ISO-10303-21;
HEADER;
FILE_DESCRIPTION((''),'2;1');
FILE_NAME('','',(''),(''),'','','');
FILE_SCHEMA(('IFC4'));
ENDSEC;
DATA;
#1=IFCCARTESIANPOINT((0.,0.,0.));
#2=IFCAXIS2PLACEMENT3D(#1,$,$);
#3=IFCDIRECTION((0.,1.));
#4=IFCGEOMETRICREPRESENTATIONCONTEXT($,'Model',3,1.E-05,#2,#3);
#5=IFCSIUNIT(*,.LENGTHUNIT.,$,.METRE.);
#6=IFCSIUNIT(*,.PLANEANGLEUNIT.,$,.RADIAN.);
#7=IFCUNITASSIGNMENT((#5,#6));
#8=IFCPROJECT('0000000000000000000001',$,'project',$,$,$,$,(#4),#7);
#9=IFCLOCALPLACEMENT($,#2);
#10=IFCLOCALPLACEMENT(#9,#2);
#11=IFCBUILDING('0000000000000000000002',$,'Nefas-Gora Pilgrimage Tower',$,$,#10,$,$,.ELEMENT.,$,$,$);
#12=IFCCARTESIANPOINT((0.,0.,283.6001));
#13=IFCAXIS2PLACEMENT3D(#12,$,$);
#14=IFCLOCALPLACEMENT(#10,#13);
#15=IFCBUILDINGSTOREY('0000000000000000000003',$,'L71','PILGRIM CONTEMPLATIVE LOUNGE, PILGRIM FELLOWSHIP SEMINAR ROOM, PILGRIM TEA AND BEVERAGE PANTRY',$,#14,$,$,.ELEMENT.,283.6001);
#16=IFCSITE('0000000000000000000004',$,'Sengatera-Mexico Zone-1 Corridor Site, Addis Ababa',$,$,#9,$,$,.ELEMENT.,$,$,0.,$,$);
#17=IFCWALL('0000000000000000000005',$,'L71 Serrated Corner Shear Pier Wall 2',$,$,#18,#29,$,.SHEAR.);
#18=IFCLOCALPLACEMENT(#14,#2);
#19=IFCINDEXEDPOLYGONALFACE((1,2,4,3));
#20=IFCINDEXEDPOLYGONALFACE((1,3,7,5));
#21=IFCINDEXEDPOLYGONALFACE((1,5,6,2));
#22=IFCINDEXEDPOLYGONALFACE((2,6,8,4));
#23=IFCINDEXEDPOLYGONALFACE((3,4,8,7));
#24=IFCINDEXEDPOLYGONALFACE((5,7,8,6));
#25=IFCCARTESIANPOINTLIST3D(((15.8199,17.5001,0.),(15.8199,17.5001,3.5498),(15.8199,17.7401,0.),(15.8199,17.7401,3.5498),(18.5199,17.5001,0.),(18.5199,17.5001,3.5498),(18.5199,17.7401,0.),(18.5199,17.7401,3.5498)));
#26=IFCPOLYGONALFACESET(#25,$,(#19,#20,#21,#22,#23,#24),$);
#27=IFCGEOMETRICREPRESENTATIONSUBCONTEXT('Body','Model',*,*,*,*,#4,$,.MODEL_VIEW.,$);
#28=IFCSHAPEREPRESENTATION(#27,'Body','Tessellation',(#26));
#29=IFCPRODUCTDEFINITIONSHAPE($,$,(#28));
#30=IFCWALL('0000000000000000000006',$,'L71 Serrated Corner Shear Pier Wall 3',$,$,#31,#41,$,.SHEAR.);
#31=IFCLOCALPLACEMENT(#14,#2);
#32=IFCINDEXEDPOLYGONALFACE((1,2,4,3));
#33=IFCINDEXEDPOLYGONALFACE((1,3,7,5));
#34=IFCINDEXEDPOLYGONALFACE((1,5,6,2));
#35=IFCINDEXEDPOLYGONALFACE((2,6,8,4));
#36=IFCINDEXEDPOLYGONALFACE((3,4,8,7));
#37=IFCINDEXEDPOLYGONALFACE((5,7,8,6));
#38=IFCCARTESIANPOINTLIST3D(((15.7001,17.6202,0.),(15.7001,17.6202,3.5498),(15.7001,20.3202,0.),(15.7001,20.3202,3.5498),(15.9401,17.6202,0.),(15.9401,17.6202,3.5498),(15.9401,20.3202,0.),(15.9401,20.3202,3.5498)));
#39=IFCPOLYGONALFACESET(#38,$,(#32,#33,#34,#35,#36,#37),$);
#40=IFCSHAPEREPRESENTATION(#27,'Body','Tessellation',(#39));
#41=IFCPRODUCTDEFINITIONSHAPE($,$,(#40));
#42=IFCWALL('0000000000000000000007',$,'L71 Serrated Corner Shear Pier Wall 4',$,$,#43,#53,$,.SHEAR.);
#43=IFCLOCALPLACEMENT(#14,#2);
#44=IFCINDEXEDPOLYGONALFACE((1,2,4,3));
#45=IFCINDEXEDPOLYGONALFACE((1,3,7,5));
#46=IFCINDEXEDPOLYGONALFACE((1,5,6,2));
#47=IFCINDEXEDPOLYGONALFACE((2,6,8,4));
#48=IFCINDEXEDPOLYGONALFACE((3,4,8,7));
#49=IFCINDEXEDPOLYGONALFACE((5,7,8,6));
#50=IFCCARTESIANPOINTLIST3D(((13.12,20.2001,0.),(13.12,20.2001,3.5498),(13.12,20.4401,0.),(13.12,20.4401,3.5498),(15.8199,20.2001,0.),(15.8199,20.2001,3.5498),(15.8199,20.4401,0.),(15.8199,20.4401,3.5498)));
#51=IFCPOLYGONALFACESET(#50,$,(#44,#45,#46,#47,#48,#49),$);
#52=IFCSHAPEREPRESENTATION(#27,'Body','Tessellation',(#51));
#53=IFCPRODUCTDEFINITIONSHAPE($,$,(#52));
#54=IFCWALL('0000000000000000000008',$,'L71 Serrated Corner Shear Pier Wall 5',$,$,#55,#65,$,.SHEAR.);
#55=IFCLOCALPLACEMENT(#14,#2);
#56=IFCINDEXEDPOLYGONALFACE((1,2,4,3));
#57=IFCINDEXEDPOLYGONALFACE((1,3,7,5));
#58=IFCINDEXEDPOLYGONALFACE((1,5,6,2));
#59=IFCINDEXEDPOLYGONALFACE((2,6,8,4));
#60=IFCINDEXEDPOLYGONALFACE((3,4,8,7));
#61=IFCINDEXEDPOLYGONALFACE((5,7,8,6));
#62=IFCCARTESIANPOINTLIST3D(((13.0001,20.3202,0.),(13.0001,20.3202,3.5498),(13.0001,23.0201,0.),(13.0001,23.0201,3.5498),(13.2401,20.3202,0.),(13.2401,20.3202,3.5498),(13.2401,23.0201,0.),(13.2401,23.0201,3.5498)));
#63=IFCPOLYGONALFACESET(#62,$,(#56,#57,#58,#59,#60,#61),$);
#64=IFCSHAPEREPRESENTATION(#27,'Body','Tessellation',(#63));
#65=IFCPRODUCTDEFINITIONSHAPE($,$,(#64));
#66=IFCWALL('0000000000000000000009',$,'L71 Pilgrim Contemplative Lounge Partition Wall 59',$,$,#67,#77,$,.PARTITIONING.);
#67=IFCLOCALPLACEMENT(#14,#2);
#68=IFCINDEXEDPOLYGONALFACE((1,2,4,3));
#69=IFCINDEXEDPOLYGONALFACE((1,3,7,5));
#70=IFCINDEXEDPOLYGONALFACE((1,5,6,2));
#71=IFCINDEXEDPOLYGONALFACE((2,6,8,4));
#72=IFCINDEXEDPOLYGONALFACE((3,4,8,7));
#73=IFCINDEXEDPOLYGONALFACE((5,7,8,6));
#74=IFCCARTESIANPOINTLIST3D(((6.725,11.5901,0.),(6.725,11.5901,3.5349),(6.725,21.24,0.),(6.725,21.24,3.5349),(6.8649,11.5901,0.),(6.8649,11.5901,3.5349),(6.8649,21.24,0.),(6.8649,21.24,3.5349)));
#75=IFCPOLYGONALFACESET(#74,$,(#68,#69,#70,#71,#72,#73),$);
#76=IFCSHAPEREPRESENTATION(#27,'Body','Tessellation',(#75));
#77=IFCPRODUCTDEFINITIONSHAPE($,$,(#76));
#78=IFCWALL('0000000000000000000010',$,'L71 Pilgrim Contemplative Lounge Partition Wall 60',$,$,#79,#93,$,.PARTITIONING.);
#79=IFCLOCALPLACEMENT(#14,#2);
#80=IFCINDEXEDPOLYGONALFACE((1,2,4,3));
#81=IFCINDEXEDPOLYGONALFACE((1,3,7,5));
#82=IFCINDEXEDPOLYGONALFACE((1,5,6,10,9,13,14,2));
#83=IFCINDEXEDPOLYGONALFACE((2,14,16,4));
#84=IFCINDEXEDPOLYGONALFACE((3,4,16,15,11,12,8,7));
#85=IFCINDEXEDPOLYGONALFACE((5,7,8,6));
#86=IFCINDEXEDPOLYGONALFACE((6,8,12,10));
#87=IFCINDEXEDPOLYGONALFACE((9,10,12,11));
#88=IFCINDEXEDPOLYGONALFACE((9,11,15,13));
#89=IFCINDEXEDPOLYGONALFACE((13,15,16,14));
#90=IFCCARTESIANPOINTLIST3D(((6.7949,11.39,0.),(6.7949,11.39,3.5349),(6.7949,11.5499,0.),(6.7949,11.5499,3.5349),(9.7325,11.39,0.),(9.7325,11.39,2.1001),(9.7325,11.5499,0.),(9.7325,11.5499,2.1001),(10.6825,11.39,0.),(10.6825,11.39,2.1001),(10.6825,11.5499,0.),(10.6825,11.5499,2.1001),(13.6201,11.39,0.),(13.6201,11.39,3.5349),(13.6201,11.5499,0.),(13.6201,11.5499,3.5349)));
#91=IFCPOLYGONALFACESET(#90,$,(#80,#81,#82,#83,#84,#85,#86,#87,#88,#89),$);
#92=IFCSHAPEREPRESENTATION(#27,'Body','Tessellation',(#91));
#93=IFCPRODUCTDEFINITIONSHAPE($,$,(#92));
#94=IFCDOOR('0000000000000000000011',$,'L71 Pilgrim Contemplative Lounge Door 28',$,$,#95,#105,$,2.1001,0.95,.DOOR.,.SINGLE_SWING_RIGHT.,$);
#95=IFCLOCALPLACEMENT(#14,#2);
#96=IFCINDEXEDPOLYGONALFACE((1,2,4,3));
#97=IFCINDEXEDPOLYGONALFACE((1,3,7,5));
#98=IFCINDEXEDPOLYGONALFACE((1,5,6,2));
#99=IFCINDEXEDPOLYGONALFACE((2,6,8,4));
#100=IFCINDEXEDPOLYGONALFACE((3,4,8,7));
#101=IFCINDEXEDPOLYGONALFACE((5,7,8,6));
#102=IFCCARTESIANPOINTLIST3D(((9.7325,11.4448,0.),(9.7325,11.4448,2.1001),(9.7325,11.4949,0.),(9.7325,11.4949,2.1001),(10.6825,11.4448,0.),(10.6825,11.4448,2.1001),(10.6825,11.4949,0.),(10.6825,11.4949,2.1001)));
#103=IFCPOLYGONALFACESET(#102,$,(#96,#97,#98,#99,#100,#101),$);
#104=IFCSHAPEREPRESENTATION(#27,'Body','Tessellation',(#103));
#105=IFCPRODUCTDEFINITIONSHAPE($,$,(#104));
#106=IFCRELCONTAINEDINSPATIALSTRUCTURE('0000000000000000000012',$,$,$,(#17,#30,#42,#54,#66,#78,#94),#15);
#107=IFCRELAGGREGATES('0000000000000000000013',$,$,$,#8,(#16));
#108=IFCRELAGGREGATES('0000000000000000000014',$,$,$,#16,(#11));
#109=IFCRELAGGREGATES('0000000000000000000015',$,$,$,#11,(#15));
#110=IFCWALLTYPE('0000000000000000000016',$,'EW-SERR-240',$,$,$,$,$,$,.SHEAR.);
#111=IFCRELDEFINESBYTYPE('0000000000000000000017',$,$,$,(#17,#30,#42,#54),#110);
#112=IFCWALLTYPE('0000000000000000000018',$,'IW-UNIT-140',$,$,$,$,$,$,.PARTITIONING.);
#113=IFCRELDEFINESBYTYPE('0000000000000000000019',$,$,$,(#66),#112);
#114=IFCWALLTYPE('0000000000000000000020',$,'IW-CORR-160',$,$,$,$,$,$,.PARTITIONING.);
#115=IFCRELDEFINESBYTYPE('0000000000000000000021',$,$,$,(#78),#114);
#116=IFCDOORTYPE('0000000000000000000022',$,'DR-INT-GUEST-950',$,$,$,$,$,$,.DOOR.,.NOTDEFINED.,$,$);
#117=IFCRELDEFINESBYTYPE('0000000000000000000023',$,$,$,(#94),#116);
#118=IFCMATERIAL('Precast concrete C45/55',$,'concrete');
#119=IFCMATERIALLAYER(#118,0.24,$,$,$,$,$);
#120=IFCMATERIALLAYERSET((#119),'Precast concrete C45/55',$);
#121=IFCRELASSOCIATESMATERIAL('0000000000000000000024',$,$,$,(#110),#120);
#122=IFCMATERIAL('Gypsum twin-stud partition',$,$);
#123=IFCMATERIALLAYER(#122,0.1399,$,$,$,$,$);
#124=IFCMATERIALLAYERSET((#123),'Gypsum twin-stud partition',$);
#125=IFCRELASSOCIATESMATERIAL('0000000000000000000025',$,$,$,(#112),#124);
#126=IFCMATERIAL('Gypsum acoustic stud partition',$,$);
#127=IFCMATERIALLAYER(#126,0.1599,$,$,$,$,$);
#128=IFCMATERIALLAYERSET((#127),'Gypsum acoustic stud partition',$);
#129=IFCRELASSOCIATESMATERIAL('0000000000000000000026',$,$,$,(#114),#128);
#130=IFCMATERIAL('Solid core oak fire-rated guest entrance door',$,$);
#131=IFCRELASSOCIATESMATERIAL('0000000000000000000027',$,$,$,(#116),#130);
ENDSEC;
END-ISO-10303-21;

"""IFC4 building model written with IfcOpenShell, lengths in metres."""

from ifc_helpers import new_model, si_unit, direction, frame, frame_2d, origin, place, context, subcontext, project, spatial, rectangle, extrude, source, transform, mapped, material, layer, layer_set, type_object, element, fill, save


model = new_model("IFC4")

# Units and contexts
model_context = context("Model", 3, precision=1e-05, world=origin(), true_north=direction((0.0, 1.0)))
body_context = subcontext(model_context, "Body", "Model", "MODEL_VIEW")
ifc_project = project(units=[si_unit("LENGTHUNIT", "METRE"), si_unit("PLANEANGLEUNIT", "RADIAN")], contexts=[model_context])

# Site, building, storey
site_placement = place(None, origin())
site = spatial("IfcSite", under=ifc_project, at=site_placement, Name="Sengatera-Mexico Zone-1 Corridor Site, Addis Ababa", CompositionType="ELEMENT", RefElevation=0.0)
building_placement = place(site_placement, origin())
building = spatial("IfcBuilding", under=site, at=building_placement, Name="Nefas-Gora Pilgrimage Tower", CompositionType="ELEMENT")
storey_placement = place(building_placement, frame((0.0, 0.0, 283.6001)))
storey = spatial("IfcBuildingStorey", under=building, at=storey_placement, Name="L71", Description="PILGRIM CONTEMPLATIVE LOUNGE, PILGRIM FELLOWSHIP SEMINAR ROOM, PILGRIM TEA AND BEVERAGE PANTRY", CompositionType="ELEMENT", Elevation=283.6001)

# Walls
ifc_material_1 = material(Name="Precast concrete C45/55", Category="concrete")
ifc_layer_1 = layer(ifc_material_1, 0.24)
ifc_layer_set_1 = layer_set([ifc_layer_1], Name="Precast concrete C45/55")
wall_type_1 = type_object("IfcWallType", Name="EW-SERR-240", PredefinedType="SHEAR", material=ifc_layer_set_1)
shared_shape_1 = source(origin(), body_context, "Body", "SweptSolid", [
    extrude(rectangle(XDim=2.7, YDim=0.24, at=frame_2d((1.3501, 0.0))), origin(), (0.0, 0.0, 1.0), 3.5498),
])
for number, where, z_axis, x_axis, name in (
    (1, (18.52, 17.6201, 0.0), (0.0, 0.0, 1.0), (-1.0, 0.0, 0.0), "L71 Serrated Corner Shear Pier Wall 2"),
    (2, (15.8201, 17.6201, 0.0), (0.0, 0.0, 1.0), (0.0, 1.0, 0.0), "L71 Serrated Corner Shear Pier Wall 3"),
    (3, (15.8201, 20.3201, 0.0), (0.0, 0.0, 1.0), (-1.0, 0.0, 0.0), "L71 Serrated Corner Shear Pier Wall 4"),
    (4, (13.1201, 20.3201, 0.0), (0.0, 0.0, 1.0), (0.0, 1.0, 0.0), "L71 Serrated Corner Shear Pier Wall 5"),
):
    element("IfcWall", number, at=place(storey_placement, frame(where, z_axis=z_axis, x_axis=x_axis)), inside=storey, type_object=wall_type_1, Name=name, PredefinedType="SHEAR", context=body_context, shape_type="MappedRepresentation", body=[
        mapped(shared_shape_1, transform((0.0, 0.0, 0.0), x_axis=(1.0, 0.0, 0.0), y_axis=(0.0, 1.0, 0.0), z_axis=(0.0, 0.0, 1.0), scale=1.0)),
    ])
ifc_material_2 = material(Name="Gypsum twin-stud partition")
ifc_layer_2 = layer(ifc_material_2, 0.1399)
ifc_layer_set_2 = layer_set([ifc_layer_2], Name="Gypsum twin-stud partition")
wall_type_2 = type_object("IfcWallType", Name="IW-UNIT-140", PredefinedType="PARTITIONING", material=ifc_layer_set_2)
shared_shape_2 = source(origin(), body_context, "Body", "SweptSolid", [
    extrude(rectangle(XDim=9.6499, YDim=0.1399, at=frame_2d((4.825, 0.0))), origin(), (0.0, 0.0, 1.0), 3.5349),
])
wall_1_placement = place(storey_placement, frame((6.7949, 11.5901, 0.0), z_axis=(0.0, 0.0, 1.0), x_axis=(0.0, 1.0, 0.0)))
element("IfcWall", 5, at=wall_1_placement, inside=storey, type_object=wall_type_2, Name="L71 Pilgrim Contemplative Lounge Partition Wall 59", PredefinedType="PARTITIONING", context=body_context, shape_type="MappedRepresentation", body=[
    mapped(shared_shape_2, transform((0.0, 0.0, 0.0), x_axis=(1.0, 0.0, 0.0), y_axis=(0.0, 1.0, 0.0), z_axis=(0.0, 0.0, 1.0), scale=1.0)),
])

# Wall, opening, door
ifc_material_3 = material(Name="Gypsum acoustic stud partition")
ifc_layer_3 = layer(ifc_material_3, 0.1599)
ifc_layer_set_3 = layer_set([ifc_layer_3], Name="Gypsum acoustic stud partition")
wall_type_3 = type_object("IfcWallType", Name="IW-CORR-160", PredefinedType="PARTITIONING", material=ifc_layer_set_3)
shared_shape_3 = source(origin(), body_context, "Body", "SweptSolid", [
    extrude(rectangle(XDim=6.8252, YDim=0.1599, at=frame_2d((3.4126, 0.0))), origin(), (0.0, 0.0, 1.0), 3.5349),
])
wall_2_placement = place(storey_placement, frame((6.7949, 11.47, 0.0), z_axis=(0.0, 0.0, 1.0), x_axis=(1.0, 0.0, 0.0)))
wall_2 = element("IfcWall", 6, at=wall_2_placement, inside=storey, type_object=wall_type_3, Name="L71 Pilgrim Contemplative Lounge Partition Wall 60", PredefinedType="PARTITIONING", context=body_context, shape_type="MappedRepresentation", body=[
    mapped(shared_shape_3, transform((0.0, 0.0, 0.0), x_axis=(1.0, 0.0, 0.0), y_axis=(0.0, 1.0, 0.0), z_axis=(0.0, 0.0, 1.0), scale=1.0)),
])
opening_placement = place(wall_2_placement, frame((2.9375, 0.0, 0.0)))
opening = element("IfcOpeningElement", 7, at=opening_placement, cuts=wall_2, PredefinedType="OPENING", context=body_context, shape_type="SweptSolid", body=[
    extrude(rectangle(XDim=0.95, YDim=2.1001, at=frame_2d((0.4751, 1.05))), frame((0.0, 0.0898, 0.0), z_axis=(0.0, -1.0, 0.0), x_axis=(1.0, 0.0, 0.0)), (0.0, 0.0, 1.0), 0.1799),
])
ifc_material_4 = material(Name="Solid core oak fire-rated guest entrance door")
door_type = type_object("IfcDoorType", Name="DR-INT-GUEST-950", OperationType="NOTDEFINED", PredefinedType="DOOR", material=ifc_material_4)
shared_shape_4 = source(origin(), body_context, "Body", "SweptSolid", [
    extrude(rectangle(XDim=0.95, YDim=2.1001, at=frame_2d((0.4751, 1.05))), frame((0.0, 0.0249, 0.0), z_axis=(0.0, -1.0, 0.0), x_axis=(1.0, 0.0, 0.0)), (0.0, 0.0, 1.0), 0.05),
])
door_placement = place(opening_placement, origin())
door = element("IfcDoor", 8, at=door_placement, inside=storey, type_object=door_type, Name="L71 Pilgrim Contemplative Lounge Door 28", OperationType="SINGLE_SWING_RIGHT", OverallHeight=2.1001, OverallWidth=0.95, PredefinedType="DOOR", context=body_context, shape_type="MappedRepresentation", body=[
    mapped(shared_shape_4, transform((0.0, 0.0, 0.0), x_axis=(1.0, 0.0, 0.0), y_axis=(0.0, 1.0, 0.0), z_axis=(0.0, 0.0, 1.0), scale=1.0)),
])
fill(opening, door)

save(model, "model.ifc")
